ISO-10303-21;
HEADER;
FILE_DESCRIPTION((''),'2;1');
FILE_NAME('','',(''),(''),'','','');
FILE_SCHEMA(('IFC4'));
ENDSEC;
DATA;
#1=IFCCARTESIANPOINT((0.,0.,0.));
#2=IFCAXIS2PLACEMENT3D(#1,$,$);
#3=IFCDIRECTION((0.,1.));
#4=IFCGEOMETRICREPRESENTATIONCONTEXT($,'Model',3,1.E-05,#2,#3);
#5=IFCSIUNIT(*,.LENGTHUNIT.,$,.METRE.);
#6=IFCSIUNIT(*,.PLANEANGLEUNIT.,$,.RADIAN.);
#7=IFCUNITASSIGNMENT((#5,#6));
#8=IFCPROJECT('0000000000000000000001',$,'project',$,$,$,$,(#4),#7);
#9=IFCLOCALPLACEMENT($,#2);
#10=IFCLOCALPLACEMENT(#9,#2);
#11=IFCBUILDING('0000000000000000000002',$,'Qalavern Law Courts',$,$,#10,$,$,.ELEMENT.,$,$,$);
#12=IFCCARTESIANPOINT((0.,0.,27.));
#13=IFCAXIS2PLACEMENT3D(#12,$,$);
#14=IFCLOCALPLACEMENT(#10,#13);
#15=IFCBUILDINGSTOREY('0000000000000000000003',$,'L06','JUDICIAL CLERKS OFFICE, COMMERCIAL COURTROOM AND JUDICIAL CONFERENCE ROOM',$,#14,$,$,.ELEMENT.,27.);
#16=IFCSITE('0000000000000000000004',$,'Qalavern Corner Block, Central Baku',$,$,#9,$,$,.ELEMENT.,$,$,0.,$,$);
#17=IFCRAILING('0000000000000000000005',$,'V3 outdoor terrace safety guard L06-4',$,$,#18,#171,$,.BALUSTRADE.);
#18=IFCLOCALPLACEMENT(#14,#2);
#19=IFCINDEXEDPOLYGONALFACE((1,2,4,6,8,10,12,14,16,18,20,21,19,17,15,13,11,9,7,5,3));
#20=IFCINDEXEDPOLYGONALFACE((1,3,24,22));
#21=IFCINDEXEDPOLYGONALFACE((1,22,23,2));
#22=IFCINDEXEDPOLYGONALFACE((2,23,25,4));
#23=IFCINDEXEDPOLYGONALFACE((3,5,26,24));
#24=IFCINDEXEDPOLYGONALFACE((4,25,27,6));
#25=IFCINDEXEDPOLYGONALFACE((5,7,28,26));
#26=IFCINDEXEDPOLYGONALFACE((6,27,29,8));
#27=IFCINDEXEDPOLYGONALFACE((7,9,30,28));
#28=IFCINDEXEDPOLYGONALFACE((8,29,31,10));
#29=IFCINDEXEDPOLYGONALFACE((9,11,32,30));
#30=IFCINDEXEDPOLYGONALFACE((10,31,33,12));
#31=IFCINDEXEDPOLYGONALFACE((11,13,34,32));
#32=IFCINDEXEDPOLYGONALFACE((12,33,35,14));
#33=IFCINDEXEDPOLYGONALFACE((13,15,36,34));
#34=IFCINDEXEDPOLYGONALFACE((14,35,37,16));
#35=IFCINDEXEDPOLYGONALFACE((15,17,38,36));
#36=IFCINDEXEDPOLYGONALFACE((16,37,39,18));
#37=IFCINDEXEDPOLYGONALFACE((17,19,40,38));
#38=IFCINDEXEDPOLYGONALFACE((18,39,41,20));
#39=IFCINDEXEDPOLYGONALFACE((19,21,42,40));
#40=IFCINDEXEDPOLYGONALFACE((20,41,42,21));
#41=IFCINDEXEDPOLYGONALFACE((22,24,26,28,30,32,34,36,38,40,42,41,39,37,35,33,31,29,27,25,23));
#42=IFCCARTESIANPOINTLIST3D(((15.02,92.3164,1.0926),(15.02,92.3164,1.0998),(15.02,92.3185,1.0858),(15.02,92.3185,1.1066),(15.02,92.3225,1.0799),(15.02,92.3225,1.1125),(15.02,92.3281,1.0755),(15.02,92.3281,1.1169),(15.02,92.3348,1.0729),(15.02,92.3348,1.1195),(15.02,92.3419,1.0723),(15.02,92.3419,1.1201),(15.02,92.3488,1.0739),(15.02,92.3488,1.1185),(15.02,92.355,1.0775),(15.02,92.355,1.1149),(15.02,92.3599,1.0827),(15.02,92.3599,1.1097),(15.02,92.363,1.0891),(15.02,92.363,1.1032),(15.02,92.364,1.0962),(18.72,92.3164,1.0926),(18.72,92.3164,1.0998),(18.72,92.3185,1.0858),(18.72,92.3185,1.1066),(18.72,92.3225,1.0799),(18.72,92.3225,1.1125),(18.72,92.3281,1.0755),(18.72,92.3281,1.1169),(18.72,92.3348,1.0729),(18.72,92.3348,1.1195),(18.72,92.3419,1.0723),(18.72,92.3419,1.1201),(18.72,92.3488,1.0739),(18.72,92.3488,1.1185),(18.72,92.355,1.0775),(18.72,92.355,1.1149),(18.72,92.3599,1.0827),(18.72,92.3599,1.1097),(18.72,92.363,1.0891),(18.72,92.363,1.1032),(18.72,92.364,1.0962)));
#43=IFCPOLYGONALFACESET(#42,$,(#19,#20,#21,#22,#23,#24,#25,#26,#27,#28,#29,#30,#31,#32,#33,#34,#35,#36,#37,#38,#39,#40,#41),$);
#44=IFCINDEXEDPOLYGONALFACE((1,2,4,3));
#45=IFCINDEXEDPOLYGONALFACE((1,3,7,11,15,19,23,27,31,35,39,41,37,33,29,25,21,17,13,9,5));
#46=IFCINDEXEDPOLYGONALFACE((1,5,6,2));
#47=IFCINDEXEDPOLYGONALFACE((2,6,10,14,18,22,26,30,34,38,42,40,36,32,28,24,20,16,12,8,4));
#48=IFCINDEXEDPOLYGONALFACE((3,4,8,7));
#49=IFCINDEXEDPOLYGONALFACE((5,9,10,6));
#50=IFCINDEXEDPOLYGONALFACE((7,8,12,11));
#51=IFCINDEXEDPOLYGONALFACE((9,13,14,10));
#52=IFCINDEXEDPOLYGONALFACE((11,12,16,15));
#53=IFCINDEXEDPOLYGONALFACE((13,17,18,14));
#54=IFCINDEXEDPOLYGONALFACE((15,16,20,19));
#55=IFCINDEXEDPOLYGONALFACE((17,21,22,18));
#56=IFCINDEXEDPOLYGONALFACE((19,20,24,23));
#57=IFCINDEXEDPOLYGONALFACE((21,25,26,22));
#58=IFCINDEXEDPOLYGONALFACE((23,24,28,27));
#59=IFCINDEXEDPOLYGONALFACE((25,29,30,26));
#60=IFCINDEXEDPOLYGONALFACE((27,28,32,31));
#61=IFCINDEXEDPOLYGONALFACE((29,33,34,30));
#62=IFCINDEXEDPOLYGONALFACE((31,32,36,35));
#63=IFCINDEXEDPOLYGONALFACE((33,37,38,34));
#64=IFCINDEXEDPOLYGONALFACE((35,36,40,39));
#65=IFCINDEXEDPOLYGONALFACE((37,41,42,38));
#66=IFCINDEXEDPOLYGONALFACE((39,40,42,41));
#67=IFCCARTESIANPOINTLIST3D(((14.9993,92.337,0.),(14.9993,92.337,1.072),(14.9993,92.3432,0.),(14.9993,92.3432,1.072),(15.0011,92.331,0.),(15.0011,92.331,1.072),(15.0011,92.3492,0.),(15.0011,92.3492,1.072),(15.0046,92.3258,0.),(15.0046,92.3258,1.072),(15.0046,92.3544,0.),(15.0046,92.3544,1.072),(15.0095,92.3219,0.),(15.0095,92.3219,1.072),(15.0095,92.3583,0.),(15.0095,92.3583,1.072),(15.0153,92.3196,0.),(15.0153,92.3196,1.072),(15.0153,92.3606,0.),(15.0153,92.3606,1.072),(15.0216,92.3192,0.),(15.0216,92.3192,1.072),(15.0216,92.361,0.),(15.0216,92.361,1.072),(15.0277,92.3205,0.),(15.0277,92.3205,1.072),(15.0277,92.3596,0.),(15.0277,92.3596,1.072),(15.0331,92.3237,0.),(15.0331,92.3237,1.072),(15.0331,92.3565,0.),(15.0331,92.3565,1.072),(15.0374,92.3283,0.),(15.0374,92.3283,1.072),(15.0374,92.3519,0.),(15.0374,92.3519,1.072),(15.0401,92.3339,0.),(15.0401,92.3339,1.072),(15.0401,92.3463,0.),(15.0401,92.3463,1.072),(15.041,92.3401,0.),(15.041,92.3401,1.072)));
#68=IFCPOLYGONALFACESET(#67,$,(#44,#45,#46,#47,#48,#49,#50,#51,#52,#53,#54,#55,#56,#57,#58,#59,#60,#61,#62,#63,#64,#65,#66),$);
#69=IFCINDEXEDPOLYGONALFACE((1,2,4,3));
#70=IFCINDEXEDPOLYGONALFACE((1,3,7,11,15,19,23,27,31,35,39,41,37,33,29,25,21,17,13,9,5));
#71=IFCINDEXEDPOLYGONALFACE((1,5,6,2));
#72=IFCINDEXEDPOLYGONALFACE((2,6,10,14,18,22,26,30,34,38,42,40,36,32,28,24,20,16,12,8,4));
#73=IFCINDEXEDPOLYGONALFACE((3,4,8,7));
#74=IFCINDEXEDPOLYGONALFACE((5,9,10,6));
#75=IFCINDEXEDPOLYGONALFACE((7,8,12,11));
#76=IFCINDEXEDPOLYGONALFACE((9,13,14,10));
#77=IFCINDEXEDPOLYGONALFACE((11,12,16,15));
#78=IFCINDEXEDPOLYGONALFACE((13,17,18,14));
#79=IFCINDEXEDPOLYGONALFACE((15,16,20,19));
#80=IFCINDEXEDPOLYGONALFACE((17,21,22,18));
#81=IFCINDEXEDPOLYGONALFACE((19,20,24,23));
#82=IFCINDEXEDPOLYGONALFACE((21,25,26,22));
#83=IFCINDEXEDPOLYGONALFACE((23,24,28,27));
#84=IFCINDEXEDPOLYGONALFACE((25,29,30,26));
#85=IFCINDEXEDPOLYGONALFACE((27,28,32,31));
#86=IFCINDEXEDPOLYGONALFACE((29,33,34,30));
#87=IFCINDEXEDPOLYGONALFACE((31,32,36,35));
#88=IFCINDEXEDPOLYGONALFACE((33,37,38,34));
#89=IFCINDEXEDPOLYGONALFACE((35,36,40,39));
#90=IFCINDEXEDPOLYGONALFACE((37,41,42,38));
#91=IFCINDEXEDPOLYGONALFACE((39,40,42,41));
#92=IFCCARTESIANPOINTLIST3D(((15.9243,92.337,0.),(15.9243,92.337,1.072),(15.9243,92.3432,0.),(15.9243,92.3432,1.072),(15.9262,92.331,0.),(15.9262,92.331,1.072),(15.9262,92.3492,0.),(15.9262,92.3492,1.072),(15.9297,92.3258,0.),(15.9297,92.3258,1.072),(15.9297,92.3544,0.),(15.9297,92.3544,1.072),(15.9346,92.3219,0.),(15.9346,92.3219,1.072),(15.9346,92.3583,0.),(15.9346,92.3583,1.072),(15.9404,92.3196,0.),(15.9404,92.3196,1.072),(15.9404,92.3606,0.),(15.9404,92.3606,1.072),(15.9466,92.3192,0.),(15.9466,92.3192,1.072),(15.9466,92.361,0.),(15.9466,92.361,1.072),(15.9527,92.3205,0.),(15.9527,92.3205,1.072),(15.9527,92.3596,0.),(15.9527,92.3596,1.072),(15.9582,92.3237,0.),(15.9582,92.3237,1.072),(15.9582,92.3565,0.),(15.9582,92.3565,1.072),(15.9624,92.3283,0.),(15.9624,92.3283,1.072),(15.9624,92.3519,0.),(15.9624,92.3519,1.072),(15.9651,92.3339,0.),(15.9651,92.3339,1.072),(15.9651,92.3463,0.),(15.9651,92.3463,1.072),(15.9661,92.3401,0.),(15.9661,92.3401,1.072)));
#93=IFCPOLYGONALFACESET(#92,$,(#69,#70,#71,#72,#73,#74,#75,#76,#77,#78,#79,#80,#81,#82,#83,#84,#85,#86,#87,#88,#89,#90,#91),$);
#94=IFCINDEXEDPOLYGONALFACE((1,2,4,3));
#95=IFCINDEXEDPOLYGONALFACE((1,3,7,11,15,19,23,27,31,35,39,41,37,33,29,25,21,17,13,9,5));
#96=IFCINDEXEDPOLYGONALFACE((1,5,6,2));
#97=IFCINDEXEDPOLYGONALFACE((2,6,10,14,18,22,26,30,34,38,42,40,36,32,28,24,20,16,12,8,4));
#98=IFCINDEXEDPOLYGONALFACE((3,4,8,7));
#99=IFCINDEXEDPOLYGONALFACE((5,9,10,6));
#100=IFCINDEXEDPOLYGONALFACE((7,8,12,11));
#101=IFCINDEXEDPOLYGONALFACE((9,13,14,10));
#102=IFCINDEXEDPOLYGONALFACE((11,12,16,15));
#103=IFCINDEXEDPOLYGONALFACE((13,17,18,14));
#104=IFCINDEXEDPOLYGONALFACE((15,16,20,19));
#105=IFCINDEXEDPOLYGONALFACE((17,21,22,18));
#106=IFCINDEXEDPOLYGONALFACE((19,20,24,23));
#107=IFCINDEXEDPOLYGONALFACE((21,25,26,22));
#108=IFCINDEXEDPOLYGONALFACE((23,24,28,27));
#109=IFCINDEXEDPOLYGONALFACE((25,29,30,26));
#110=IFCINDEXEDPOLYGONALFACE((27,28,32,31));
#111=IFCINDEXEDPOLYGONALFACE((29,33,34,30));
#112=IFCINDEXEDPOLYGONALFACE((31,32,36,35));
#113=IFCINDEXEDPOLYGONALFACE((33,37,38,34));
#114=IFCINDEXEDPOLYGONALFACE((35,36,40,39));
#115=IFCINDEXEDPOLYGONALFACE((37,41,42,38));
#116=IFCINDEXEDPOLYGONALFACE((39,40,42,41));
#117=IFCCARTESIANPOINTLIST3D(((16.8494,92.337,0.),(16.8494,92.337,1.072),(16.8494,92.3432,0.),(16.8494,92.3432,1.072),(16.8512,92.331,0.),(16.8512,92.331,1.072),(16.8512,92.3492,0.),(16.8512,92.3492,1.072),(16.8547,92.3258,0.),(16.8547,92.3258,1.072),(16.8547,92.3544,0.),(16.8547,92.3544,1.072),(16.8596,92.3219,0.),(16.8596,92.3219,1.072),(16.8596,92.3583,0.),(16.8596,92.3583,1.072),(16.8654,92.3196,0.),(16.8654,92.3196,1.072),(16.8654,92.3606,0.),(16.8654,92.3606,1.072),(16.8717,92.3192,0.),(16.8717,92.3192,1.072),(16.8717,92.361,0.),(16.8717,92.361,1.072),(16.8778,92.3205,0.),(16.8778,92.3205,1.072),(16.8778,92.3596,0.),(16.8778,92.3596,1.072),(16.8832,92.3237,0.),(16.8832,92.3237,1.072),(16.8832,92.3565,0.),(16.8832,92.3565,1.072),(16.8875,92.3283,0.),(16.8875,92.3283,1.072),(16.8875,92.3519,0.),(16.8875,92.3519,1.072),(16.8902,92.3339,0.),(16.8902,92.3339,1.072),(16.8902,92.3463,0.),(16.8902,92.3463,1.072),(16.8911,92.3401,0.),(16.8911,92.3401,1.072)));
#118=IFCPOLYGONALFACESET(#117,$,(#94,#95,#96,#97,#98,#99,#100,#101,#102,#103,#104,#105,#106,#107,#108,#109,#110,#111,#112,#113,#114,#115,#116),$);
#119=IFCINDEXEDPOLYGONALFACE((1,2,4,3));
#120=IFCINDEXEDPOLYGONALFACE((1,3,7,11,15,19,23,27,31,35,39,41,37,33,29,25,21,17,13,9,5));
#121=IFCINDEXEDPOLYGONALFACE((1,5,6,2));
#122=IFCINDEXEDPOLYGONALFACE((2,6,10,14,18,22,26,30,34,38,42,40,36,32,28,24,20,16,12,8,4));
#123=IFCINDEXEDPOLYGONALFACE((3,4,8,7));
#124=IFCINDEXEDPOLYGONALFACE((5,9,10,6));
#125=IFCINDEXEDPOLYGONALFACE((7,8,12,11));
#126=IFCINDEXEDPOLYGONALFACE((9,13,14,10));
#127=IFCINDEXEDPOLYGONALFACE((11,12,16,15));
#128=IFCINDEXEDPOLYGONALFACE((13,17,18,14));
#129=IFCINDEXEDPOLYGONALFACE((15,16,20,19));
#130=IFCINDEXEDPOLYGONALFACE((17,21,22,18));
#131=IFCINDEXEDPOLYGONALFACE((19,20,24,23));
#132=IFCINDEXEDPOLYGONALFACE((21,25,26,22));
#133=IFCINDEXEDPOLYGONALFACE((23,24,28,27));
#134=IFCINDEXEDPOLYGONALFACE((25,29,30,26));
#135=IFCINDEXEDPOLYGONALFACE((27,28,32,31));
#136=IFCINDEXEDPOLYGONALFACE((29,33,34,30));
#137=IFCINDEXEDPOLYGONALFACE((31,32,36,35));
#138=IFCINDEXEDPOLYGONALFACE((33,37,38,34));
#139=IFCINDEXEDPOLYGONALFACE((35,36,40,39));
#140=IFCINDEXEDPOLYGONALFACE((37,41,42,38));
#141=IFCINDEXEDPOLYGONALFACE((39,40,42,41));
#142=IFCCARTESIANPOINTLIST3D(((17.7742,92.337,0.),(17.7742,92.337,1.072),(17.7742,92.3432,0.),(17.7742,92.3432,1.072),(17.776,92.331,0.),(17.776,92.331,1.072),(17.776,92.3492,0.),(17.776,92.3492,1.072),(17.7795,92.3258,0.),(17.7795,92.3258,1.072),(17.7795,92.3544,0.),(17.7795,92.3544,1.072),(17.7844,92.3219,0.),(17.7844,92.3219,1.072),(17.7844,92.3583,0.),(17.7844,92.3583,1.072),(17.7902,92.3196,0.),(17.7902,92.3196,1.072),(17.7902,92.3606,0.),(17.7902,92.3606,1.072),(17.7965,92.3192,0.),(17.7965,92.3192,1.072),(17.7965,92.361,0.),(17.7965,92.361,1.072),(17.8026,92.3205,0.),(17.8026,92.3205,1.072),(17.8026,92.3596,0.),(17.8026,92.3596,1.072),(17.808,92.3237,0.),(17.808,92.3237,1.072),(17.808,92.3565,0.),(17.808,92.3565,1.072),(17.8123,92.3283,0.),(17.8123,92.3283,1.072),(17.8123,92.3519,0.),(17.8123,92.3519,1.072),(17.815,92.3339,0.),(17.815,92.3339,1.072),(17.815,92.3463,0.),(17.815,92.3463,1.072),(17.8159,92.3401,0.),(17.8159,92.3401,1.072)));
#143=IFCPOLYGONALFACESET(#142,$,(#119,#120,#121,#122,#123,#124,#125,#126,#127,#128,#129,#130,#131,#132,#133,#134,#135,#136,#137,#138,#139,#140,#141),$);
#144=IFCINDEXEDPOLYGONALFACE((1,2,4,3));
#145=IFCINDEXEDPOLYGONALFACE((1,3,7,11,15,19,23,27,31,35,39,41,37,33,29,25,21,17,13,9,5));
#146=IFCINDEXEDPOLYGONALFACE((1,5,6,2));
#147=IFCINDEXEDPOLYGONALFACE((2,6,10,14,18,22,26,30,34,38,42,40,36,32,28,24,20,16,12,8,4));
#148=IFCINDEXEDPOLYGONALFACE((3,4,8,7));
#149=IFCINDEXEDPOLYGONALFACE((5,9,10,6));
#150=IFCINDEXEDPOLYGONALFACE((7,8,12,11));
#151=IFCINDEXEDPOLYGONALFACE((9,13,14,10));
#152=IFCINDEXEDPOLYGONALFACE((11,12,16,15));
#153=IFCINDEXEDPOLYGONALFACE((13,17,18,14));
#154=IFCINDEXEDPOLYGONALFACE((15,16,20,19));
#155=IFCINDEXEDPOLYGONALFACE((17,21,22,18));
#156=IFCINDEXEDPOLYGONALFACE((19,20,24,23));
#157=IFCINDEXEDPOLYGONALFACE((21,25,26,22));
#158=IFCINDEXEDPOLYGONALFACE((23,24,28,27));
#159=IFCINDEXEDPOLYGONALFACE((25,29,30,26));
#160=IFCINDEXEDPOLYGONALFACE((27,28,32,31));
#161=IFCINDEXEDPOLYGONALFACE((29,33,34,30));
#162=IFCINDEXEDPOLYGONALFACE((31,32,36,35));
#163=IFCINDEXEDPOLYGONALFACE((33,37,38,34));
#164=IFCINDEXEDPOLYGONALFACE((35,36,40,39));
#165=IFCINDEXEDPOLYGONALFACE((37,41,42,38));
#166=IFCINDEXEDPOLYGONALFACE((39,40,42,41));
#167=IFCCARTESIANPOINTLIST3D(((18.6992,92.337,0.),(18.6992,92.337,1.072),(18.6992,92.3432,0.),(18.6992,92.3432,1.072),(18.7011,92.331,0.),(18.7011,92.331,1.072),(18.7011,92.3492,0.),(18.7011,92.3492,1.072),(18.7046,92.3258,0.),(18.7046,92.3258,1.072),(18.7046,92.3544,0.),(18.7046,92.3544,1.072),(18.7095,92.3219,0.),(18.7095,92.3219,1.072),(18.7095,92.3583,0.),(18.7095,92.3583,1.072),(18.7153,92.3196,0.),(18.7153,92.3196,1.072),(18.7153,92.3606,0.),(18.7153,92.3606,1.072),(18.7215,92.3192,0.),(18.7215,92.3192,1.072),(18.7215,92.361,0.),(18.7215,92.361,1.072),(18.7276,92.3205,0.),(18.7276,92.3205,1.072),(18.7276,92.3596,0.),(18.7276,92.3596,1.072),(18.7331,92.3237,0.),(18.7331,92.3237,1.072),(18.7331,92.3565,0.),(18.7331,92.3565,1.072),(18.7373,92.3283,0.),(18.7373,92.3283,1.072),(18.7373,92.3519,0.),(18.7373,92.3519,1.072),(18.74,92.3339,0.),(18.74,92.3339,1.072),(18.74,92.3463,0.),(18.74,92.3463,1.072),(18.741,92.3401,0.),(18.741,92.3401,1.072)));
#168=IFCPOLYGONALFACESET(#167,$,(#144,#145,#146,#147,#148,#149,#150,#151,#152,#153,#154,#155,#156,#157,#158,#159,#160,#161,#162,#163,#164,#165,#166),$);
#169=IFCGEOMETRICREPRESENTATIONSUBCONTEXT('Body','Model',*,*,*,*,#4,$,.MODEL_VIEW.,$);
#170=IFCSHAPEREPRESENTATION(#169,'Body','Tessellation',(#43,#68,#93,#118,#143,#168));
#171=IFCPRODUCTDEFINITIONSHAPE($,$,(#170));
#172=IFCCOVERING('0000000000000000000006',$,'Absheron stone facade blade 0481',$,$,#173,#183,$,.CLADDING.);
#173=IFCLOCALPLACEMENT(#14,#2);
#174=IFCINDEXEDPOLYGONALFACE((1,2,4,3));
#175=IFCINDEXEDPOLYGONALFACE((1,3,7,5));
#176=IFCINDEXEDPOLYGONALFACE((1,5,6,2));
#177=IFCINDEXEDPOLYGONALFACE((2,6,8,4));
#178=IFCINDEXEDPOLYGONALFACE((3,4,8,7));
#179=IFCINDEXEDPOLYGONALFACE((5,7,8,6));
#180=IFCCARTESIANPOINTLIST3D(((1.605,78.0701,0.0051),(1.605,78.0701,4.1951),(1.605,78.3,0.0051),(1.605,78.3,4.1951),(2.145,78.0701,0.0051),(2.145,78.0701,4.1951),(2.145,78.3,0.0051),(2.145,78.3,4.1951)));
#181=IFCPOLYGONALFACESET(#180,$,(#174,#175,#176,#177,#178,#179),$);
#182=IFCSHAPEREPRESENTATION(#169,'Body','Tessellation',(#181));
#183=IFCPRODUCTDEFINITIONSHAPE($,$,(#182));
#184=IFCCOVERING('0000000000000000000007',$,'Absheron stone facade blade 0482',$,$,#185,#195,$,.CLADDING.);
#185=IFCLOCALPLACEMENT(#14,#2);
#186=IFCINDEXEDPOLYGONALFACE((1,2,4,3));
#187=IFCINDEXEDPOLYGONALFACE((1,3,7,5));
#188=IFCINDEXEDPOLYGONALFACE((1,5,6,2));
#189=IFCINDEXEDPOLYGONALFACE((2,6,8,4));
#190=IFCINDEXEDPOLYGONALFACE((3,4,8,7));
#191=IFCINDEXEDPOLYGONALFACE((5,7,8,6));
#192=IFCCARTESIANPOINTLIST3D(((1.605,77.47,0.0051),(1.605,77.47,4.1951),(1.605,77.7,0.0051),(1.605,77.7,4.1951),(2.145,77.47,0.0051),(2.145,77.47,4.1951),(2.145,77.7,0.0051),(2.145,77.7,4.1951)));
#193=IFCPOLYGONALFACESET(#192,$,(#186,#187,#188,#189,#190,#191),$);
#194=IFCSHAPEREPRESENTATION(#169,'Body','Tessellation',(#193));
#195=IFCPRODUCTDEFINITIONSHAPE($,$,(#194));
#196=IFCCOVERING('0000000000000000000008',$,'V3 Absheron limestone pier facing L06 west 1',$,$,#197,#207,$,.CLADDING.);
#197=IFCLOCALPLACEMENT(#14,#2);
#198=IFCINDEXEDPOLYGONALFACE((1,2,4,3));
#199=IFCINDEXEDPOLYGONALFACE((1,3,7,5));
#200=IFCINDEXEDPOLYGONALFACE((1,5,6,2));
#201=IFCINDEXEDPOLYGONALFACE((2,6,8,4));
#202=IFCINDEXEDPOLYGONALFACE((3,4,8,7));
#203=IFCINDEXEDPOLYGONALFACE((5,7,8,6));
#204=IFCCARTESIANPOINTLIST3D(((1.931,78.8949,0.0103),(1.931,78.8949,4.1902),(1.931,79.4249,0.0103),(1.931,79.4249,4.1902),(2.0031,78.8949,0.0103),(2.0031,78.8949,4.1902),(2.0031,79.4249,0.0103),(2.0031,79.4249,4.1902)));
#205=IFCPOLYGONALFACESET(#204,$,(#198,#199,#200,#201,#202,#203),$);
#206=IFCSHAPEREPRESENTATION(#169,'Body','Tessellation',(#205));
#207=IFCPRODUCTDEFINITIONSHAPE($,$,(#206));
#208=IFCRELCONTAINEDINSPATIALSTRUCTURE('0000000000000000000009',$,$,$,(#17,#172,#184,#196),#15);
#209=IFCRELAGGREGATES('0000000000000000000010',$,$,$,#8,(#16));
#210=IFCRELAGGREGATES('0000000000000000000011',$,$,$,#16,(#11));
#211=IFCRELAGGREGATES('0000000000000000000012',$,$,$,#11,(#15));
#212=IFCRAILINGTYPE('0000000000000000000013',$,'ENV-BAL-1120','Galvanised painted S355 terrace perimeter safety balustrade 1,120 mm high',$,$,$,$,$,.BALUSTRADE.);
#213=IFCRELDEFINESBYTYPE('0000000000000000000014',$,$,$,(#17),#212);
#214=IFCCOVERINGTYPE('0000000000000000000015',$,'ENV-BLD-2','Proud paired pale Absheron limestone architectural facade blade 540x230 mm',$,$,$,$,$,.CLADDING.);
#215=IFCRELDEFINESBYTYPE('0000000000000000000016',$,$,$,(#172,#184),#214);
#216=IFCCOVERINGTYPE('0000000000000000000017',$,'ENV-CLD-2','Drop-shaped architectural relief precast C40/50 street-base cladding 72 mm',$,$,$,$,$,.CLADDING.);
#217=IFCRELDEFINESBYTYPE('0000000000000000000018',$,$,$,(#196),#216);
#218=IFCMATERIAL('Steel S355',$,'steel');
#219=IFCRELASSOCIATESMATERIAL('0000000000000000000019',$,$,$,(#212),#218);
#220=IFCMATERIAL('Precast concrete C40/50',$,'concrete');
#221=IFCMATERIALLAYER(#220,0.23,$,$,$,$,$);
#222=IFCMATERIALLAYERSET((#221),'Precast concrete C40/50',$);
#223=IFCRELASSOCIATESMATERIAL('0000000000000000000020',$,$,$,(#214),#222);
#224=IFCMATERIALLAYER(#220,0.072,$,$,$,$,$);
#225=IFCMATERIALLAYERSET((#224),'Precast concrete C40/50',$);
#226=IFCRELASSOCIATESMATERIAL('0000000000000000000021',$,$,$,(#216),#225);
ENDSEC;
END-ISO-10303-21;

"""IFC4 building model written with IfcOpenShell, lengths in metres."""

from ifc_helpers import new_model, si_unit, direction, frame, origin, origin_2d, place, context, subcontext, project, spatial, rectangle, circle, extrude, material, layer, layer_set, type_object, element, save


model = new_model("IFC4")

# Units and contexts
model_context = context("Model", 3, precision=1e-05, world=origin(), true_north=direction((0.0, 1.0)))
body_context = subcontext(model_context, "Body", "Model", "MODEL_VIEW")
ifc_project = project(units=[si_unit("LENGTHUNIT", "METRE"), si_unit("PLANEANGLEUNIT", "RADIAN")], contexts=[model_context])

# Site, building, storey
site_placement = place(None, origin())
site = spatial("IfcSite", under=ifc_project, at=site_placement, Name="Qalavern Corner Block, Central Baku", CompositionType="ELEMENT", RefElevation=0.0)
building_placement = place(site_placement, origin())
building = spatial("IfcBuilding", under=site, at=building_placement, Name="Qalavern Law Courts", CompositionType="ELEMENT")
storey_placement = place(building_placement, frame((0.0, 0.0, 27.0)))
storey = spatial("IfcBuildingStorey", under=building, at=storey_placement, Name="L06", Description="JUDICIAL CLERKS OFFICE, COMMERCIAL COURTROOM AND JUDICIAL CONFERENCE ROOM", CompositionType="ELEMENT", Elevation=27.0)

# Railing
ifc_material_1 = material(Name="Steel S355", Category="steel")
railing_type = type_object("IfcRailingType", Name="ENV-BAL-1120", Description="Galvanised painted S355 terrace perimeter safety balustrade 1,120 mm high", PredefinedType="BALUSTRADE", material=ifc_material_1)
railing_1_placement = place(storey_placement, frame((15.02, 92.3401, 0.0)))
element("IfcRailing", 1, at=railing_1_placement, inside=storey, type_object=railing_type, Name="V3 outdoor terrace safety guard L06-4", PredefinedType="BALUSTRADE", context=body_context, shape_type="SweptSolid", body=[
    extrude(circle(Radius=0.0239, at=origin_2d()), frame((0.0, 0.0, 1.0962), z_axis=(1.0, 0.0, 0.0), x_axis=(0.0, 1.0, 0.0)), (0.0, 0.0, 1.0), 3.7),
    extrude(circle(Radius=0.021, at=origin_2d()), origin(), (0.0, 0.0, 1.0), 1.072),
    extrude(circle(Radius=0.021, at=origin_2d()), frame((0.925, 0.0, 0.0)), (0.0, 0.0, 1.0), 1.072),
    extrude(circle(Radius=0.021, at=origin_2d()), frame((1.8501, 0.0, 0.0)), (0.0, 0.0, 1.0), 1.072),
    extrude(circle(Radius=0.021, at=origin_2d()), frame((2.7749, 0.0, 0.0)), (0.0, 0.0, 1.0), 1.072),
    extrude(circle(Radius=0.021, at=origin_2d()), frame((3.7, 0.0, 0.0)), (0.0, 0.0, 1.0), 1.072),
])

# Coverings
ifc_material_2 = material(Name="Precast concrete C40/50", Category="concrete")
ifc_layer_1 = layer(ifc_material_2, 0.23)
ifc_layer_set_1 = layer_set([ifc_layer_1], Name="Precast concrete C40/50")
covering_type_1 = type_object("IfcCoveringType", Name="ENV-BLD-2", Description="Proud paired pale Absheron limestone architectural facade blade 540x230 mm", PredefinedType="CLADDING", material=ifc_layer_set_1)
for number, where, z_axis, x_axis, name in (
    (2, (1.875, 78.1851, 0.0051), (0.0, 0.0, 1.0), (-1.0, 0.0, 0.0), "Absheron stone facade blade 0481"),
    (3, (1.875, 77.585, 0.0051), (0.0, 0.0, 1.0), (-1.0, 0.0, 0.0), "Absheron stone facade blade 0482"),
):
    element("IfcCovering", number, at=place(storey_placement, frame(where, z_axis=z_axis, x_axis=x_axis)), inside=storey, type_object=covering_type_1, Name=name, PredefinedType="CLADDING", context=body_context, shape_type="SweptSolid", body=[
        extrude(rectangle(XDim=0.54, YDim=0.23, at=origin_2d()), origin(), (0.0, 0.0, 1.0), 4.1899),
    ])
ifc_layer_2 = layer(ifc_material_2, 0.072)
ifc_layer_set_2 = layer_set([ifc_layer_2], Name="Precast concrete C40/50")
covering_type_2 = type_object("IfcCoveringType", Name="ENV-CLD-2", Description="Drop-shaped architectural relief precast C40/50 street-base cladding 72 mm", PredefinedType="CLADDING", material=ifc_layer_set_2)
covering_placement = place(storey_placement, frame((1.967, 79.1599, 0.0103), z_axis=(0.0, 0.0, 1.0), x_axis=(0.0, -1.0, 0.0)))
element("IfcCovering", 4, at=covering_placement, inside=storey, type_object=covering_type_2, Name="V3 Absheron limestone pier facing L06 west 1", PredefinedType="CLADDING", context=body_context, shape_type="SweptSolid", body=[
    extrude(rectangle(XDim=0.53, YDim=0.072, at=origin_2d()), origin(), (0.0, 0.0, 1.0), 4.1799),
])

save(model, "model.ifc")
